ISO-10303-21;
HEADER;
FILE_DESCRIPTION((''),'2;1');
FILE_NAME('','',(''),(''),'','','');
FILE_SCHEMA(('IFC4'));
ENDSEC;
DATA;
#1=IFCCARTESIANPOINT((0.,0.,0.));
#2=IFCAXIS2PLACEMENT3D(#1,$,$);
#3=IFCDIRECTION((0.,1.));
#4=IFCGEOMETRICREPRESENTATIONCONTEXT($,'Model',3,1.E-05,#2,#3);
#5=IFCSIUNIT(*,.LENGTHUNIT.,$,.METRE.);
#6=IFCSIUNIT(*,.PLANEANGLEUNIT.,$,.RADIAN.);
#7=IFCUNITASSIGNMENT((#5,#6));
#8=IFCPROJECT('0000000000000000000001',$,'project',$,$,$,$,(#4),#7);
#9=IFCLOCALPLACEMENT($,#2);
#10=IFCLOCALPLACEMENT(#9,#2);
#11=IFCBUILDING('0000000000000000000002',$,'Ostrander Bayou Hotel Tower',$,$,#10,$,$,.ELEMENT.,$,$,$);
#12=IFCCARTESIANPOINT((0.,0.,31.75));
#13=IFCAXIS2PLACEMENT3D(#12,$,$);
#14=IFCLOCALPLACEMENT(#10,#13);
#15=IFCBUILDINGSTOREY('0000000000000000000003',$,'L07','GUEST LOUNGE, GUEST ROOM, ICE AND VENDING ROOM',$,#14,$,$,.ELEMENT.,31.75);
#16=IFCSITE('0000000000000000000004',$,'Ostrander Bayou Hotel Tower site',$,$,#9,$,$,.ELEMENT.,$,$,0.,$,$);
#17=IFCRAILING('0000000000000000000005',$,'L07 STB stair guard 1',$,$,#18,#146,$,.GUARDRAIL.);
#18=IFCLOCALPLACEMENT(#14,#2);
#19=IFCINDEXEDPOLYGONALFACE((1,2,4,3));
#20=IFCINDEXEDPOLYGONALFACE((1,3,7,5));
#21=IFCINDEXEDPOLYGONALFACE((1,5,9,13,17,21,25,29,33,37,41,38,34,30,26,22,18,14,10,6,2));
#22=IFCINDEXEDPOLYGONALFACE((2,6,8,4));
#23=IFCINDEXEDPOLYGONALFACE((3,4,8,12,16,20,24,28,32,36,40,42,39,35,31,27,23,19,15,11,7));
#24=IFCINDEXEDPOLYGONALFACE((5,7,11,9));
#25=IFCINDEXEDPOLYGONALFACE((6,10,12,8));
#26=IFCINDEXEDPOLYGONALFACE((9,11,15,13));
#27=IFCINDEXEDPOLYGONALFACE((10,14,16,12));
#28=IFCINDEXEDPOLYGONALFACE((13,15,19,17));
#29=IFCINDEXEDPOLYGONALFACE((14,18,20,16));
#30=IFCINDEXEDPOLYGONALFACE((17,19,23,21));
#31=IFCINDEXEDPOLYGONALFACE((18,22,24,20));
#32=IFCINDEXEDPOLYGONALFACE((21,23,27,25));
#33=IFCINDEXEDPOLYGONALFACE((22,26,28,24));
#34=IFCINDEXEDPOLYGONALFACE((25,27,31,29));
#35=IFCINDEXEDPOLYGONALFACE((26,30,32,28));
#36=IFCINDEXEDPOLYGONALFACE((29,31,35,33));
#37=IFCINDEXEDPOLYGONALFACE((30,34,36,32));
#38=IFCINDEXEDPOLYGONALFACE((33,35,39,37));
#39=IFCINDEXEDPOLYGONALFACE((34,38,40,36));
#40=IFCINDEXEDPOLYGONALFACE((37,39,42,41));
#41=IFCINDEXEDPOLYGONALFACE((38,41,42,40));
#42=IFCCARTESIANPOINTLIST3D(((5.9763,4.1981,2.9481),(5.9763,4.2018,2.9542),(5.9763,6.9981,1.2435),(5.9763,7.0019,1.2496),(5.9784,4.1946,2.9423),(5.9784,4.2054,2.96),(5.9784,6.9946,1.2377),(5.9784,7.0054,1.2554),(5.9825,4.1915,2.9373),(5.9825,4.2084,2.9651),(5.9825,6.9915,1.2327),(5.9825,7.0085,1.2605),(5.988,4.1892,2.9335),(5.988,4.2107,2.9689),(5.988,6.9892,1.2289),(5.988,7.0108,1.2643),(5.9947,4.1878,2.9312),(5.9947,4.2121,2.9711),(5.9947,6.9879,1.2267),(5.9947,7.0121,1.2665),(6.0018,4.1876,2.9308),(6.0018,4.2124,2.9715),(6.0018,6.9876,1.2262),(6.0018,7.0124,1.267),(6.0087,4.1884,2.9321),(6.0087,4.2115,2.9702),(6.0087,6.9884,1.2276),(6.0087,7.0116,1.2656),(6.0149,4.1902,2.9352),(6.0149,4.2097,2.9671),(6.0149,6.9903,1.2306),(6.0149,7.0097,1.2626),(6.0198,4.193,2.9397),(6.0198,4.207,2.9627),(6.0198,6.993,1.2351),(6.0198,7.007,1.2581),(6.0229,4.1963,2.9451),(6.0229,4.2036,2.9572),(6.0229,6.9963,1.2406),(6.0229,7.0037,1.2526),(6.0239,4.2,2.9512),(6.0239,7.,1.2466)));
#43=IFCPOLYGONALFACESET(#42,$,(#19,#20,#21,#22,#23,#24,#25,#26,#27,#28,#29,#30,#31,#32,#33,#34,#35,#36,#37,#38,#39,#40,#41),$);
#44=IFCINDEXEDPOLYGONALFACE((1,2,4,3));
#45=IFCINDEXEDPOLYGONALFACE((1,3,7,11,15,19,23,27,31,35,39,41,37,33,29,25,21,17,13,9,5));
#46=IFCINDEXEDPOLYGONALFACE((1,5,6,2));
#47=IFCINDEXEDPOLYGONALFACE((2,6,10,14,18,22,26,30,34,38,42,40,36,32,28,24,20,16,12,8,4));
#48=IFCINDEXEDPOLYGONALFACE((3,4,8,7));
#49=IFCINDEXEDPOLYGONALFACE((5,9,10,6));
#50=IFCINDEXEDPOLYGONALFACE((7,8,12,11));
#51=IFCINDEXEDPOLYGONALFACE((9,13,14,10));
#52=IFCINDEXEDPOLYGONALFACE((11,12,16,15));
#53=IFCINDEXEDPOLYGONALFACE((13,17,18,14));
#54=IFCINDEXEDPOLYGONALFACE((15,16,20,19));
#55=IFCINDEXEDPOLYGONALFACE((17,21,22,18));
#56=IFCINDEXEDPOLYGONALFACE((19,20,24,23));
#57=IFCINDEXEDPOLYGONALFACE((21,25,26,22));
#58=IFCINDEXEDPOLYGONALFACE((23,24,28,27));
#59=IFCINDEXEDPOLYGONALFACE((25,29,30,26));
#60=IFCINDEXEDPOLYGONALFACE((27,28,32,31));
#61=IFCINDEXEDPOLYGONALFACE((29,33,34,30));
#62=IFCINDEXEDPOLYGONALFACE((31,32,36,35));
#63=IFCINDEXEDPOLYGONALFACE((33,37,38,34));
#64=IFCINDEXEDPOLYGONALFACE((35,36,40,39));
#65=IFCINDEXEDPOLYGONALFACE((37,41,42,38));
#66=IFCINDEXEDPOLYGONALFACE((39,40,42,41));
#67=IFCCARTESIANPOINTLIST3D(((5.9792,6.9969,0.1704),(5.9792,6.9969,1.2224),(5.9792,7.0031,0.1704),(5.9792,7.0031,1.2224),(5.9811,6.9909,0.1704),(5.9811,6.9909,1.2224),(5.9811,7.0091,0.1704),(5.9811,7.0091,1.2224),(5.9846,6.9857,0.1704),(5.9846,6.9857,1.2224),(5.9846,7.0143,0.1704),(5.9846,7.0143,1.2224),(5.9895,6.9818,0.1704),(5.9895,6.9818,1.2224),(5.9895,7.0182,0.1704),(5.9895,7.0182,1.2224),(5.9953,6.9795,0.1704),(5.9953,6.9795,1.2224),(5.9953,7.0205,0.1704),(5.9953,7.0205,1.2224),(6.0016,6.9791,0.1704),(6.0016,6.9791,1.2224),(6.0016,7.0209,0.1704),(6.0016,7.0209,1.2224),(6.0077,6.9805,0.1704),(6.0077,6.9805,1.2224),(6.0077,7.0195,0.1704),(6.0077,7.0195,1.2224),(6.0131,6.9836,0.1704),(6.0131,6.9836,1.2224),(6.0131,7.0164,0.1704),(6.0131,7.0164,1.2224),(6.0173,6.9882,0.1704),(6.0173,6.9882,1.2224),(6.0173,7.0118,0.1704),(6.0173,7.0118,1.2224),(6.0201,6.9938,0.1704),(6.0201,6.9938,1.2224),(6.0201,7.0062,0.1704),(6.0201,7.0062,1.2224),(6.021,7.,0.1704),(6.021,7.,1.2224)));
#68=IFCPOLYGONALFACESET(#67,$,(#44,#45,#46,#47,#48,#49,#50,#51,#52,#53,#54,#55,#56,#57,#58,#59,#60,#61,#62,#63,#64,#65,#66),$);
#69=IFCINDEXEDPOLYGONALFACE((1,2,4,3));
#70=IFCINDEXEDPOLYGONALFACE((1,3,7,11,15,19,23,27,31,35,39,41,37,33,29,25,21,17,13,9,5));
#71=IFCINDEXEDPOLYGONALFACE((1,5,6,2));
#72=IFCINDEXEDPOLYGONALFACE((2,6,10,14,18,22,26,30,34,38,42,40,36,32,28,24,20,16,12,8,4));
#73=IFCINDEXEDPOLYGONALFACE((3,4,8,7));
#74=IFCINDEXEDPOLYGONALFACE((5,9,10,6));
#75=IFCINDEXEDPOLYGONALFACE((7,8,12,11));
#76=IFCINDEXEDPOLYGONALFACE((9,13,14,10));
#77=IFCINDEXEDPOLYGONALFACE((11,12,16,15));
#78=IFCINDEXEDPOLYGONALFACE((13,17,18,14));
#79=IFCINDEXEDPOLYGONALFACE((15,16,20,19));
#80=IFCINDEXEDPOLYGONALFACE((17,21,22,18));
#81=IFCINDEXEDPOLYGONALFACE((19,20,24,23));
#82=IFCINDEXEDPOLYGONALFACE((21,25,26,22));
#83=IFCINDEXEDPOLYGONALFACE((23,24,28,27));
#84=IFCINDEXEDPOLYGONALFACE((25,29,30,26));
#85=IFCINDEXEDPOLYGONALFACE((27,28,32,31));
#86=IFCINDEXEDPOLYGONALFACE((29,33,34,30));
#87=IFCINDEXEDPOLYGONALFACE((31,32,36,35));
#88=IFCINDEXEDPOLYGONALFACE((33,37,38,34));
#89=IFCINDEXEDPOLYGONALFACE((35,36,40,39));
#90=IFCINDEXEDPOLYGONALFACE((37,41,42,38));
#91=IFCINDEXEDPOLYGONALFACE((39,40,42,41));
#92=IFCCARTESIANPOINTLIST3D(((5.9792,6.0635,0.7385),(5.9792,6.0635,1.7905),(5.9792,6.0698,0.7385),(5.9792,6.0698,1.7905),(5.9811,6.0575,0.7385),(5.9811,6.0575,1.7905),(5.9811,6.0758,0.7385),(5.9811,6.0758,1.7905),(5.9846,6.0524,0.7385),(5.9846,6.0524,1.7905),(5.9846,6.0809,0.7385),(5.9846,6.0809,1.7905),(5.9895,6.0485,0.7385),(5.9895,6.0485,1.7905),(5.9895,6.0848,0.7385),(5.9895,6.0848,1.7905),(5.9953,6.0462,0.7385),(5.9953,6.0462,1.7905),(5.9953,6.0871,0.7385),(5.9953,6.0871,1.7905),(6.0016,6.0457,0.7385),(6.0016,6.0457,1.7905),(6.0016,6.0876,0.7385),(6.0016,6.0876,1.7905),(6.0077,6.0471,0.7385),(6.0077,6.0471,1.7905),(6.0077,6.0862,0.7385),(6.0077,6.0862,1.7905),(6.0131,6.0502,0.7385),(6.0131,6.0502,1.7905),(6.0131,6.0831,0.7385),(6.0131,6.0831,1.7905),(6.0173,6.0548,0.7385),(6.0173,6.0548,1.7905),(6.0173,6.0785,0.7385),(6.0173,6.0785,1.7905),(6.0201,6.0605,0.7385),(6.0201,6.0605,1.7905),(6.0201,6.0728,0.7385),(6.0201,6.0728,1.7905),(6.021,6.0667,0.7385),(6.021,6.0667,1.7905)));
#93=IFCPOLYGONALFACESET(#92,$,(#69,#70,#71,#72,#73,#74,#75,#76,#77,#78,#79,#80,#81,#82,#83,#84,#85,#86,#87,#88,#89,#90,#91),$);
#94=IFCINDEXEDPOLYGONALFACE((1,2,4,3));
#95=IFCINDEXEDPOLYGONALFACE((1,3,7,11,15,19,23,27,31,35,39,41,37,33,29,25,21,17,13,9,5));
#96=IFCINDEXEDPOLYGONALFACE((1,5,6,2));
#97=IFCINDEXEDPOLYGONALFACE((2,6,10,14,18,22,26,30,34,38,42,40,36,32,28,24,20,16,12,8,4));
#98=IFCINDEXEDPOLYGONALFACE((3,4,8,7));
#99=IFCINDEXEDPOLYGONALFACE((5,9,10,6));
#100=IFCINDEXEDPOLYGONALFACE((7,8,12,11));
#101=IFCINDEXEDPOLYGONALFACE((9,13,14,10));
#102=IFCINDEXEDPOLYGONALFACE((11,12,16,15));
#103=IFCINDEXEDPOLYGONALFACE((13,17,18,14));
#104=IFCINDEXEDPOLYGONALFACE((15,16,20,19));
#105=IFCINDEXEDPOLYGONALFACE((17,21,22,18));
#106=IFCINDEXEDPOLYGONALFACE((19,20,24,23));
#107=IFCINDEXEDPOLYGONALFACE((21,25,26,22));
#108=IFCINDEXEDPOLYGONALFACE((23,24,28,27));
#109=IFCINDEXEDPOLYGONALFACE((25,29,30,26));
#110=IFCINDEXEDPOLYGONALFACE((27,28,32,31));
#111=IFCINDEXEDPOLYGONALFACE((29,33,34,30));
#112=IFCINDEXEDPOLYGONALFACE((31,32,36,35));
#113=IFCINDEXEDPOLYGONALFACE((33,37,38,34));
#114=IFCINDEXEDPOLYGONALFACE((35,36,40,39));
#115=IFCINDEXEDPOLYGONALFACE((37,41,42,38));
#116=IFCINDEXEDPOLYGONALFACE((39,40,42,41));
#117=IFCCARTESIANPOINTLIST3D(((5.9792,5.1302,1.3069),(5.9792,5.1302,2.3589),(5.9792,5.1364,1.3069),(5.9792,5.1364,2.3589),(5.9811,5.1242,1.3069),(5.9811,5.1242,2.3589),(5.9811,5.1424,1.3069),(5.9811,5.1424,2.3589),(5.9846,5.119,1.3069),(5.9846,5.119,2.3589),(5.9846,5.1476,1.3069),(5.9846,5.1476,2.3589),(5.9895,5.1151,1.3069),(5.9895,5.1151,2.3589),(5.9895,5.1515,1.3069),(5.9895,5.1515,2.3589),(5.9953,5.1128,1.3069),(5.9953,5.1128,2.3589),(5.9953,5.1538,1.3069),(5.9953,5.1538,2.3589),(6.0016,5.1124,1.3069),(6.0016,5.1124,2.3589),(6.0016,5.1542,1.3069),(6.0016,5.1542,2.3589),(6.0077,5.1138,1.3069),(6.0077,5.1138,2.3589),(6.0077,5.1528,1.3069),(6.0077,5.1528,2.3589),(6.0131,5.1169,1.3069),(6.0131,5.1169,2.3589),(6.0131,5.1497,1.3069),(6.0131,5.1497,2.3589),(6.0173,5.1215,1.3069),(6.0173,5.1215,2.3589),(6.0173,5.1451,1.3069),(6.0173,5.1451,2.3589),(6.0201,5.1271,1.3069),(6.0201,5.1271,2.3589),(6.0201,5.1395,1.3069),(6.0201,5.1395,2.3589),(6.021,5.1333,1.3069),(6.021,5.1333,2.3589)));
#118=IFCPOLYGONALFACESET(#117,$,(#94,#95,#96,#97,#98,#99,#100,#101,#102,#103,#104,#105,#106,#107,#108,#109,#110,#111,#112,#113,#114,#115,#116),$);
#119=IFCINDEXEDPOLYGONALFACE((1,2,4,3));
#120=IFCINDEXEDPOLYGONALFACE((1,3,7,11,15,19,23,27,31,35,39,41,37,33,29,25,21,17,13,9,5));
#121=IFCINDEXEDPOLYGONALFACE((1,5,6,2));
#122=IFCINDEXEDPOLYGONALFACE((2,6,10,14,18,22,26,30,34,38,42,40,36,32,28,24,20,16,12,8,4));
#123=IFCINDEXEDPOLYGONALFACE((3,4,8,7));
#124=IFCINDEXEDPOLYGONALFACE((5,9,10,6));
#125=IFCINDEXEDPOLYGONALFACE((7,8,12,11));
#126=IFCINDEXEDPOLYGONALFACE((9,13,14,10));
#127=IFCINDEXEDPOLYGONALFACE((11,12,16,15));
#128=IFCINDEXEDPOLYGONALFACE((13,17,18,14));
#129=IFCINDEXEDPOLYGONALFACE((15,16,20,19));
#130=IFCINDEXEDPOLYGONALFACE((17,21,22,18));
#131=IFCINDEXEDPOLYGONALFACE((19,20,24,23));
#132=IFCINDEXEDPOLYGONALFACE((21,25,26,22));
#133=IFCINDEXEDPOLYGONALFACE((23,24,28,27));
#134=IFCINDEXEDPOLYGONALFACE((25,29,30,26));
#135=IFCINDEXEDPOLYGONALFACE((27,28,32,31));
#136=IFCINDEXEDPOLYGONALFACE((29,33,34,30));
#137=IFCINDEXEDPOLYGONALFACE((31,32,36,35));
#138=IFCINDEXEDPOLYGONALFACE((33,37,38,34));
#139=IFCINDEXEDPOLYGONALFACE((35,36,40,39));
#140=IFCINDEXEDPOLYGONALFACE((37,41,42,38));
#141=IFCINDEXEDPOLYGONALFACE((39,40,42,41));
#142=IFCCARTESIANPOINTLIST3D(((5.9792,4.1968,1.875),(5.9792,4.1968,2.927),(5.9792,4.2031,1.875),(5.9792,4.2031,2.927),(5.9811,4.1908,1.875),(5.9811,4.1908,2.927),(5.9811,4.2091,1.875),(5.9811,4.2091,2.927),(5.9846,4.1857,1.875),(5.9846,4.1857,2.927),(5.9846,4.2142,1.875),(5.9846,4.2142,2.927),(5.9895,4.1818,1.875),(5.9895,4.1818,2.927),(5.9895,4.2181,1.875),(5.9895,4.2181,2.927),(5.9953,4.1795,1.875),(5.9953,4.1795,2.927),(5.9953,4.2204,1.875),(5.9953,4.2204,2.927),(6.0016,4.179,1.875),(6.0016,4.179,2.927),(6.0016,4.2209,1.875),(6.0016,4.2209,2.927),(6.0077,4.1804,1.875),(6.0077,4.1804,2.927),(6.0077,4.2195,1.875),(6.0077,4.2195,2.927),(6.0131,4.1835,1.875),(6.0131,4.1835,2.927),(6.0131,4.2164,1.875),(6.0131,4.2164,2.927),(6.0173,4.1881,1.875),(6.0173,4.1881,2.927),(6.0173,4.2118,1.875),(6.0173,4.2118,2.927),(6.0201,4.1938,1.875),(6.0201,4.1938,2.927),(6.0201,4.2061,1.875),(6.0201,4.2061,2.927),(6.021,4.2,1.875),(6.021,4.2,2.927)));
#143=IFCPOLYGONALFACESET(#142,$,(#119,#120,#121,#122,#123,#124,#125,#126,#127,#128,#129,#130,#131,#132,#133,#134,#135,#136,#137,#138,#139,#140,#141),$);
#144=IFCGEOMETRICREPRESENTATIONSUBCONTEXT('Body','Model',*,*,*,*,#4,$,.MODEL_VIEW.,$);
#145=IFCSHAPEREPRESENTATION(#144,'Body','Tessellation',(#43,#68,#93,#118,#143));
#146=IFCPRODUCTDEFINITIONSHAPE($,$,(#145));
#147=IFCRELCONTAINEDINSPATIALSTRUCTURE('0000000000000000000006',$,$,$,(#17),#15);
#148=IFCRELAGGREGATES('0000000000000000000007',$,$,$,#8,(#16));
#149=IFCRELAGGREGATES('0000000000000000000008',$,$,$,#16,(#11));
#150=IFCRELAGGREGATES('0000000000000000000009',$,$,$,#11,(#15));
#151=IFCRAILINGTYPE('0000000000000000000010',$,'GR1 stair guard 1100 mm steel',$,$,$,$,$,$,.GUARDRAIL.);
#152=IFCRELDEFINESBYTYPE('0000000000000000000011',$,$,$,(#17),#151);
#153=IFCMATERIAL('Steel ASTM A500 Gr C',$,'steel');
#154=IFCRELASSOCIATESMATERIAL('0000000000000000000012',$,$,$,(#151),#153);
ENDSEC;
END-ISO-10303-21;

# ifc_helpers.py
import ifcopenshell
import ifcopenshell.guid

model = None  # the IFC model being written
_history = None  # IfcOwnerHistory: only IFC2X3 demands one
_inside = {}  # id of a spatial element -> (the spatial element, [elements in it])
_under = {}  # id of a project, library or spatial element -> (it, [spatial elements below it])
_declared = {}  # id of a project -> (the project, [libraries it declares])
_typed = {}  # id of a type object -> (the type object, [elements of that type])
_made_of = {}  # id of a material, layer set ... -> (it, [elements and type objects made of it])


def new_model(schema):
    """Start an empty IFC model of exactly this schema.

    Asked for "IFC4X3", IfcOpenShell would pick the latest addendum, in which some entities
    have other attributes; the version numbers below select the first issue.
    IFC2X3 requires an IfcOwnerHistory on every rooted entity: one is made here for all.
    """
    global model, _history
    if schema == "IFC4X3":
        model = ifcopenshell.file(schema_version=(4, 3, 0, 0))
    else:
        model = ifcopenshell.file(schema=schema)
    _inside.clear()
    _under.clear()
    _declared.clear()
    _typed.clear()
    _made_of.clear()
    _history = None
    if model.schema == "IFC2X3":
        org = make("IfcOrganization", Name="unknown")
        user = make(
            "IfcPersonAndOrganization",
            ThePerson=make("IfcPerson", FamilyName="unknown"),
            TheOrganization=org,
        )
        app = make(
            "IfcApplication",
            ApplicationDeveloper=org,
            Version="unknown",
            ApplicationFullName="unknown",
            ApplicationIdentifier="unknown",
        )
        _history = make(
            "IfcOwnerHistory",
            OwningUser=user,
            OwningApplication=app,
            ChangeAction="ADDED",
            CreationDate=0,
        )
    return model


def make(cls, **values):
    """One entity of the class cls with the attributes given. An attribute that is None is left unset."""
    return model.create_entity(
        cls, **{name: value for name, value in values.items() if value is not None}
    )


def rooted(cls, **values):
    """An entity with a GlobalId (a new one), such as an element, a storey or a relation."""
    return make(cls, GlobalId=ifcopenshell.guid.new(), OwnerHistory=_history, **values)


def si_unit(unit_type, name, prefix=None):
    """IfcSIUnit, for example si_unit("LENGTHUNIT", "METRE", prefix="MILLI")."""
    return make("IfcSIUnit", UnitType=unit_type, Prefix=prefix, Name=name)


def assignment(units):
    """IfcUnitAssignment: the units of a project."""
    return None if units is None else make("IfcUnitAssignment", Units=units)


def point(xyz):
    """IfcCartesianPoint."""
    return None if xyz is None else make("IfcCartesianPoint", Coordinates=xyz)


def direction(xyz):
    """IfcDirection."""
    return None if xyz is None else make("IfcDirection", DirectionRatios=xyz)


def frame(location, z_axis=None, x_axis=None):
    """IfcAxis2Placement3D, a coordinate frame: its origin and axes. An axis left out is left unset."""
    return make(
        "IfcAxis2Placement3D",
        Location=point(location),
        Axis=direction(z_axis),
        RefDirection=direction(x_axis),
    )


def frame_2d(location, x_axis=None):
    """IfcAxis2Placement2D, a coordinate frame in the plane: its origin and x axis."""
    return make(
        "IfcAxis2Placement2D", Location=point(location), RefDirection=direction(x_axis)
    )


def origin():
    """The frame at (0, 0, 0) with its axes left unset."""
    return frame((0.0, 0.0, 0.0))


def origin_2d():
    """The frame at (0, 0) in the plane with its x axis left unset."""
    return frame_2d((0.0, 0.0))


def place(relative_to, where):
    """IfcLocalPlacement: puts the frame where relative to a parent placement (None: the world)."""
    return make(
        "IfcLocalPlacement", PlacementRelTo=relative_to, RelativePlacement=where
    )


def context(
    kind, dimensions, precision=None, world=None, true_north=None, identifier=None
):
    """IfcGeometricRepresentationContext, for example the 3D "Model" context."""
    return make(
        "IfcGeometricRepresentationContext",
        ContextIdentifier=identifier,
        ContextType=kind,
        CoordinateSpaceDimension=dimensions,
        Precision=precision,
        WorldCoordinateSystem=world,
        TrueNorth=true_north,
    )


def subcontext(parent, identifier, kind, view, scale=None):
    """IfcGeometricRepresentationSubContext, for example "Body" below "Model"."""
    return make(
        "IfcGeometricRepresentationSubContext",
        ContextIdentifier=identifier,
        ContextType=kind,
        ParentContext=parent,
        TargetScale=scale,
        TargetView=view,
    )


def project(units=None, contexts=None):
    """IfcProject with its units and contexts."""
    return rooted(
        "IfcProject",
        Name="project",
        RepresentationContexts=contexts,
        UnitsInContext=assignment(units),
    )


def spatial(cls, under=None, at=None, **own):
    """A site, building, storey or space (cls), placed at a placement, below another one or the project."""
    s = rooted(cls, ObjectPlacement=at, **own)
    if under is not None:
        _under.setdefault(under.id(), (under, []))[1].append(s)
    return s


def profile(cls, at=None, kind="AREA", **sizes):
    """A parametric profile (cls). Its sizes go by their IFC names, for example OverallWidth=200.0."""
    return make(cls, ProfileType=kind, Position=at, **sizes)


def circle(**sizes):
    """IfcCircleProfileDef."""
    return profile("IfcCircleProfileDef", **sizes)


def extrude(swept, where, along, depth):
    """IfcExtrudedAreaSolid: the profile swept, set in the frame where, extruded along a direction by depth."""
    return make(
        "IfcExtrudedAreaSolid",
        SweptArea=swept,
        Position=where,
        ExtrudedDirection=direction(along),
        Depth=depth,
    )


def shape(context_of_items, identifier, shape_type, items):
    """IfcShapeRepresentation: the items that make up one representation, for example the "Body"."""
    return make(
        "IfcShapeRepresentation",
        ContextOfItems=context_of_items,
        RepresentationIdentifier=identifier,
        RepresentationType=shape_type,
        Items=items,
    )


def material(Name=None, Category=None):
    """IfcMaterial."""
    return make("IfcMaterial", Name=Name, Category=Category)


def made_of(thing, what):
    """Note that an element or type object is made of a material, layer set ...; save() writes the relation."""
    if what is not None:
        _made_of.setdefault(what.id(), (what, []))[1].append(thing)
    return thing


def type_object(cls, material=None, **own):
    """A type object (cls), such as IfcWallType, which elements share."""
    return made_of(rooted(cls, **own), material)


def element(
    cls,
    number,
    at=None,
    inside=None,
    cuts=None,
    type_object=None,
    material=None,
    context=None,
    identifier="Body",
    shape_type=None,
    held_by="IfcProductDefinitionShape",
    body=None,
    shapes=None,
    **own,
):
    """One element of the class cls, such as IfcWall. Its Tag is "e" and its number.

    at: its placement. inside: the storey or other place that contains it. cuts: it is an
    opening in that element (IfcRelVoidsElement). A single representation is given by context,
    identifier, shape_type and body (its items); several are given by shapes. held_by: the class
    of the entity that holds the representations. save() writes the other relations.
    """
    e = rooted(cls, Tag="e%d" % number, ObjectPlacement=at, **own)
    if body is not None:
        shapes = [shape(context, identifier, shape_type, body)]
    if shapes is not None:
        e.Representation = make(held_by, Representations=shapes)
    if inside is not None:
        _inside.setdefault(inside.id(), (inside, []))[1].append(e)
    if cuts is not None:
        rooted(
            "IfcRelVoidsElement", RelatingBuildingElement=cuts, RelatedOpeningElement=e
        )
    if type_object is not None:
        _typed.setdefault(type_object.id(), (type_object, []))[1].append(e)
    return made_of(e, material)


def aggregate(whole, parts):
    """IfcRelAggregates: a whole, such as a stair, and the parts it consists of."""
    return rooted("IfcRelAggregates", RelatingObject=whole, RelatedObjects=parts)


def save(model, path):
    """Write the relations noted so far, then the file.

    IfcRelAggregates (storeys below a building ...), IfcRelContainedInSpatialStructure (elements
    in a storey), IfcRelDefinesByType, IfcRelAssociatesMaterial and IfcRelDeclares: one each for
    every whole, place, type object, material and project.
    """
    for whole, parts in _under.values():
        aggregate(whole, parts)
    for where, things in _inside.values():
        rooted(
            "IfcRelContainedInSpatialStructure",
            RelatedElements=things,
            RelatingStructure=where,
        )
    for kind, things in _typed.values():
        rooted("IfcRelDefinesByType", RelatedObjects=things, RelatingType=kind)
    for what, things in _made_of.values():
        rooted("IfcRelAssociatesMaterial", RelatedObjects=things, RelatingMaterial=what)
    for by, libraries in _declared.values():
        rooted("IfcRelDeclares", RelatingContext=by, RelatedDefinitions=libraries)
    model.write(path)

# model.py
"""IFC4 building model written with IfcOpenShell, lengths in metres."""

from ifc_helpers import new_model, si_unit, direction, frame, origin, origin_2d, place, context, subcontext, project, spatial, circle, extrude, material, type_object, element, save


model = new_model("IFC4")

# Units and contexts
model_context = context("Model", 3, precision=1e-05, world=origin(), true_north=direction((0.0, 1.0)))
body_context = subcontext(model_context, "Body", "Model", "MODEL_VIEW")
ifc_project = project(units=[si_unit("LENGTHUNIT", "METRE"), si_unit("PLANEANGLEUNIT", "RADIAN")], contexts=[model_context])

# Site, building, storey
site_placement = place(None, origin())
site = spatial("IfcSite", under=ifc_project, at=site_placement, Name="Ostrander Bayou Hotel Tower site", CompositionType="ELEMENT", RefElevation=0.0)
building_placement = place(site_placement, origin())
building = spatial("IfcBuilding", under=site, at=building_placement, Name="Ostrander Bayou Hotel Tower", CompositionType="ELEMENT")
storey_placement = place(building_placement, frame((0.0, 0.0, 31.75)))
storey = spatial("IfcBuildingStorey", under=building, at=storey_placement, Name="L07", Description="GUEST LOUNGE, GUEST ROOM, ICE AND VENDING ROOM", CompositionType="ELEMENT", Elevation=31.75)

# Railing
ifc_material_1 = material(Name="Steel ASTM A500 Gr C", Category="steel")
railing_type_1 = type_object("IfcRailingType", Name="GR1 stair guard 1100 mm steel", PredefinedType="GUARDRAIL", material=ifc_material_1)
railing_1_placement = place(storey_placement, frame((6.0, 7.0, 0.1704)))
element("IfcRailing", 1, at=railing_1_placement, inside=storey, type_object=railing_type_1, Name="L07 STB stair guard 1", PredefinedType="GUARDRAIL", context=body_context, shape_type="SweptSolid", body=[
    extrude(circle(Radius=0.0239, at=origin_2d()), frame((0.0, 0.0, 1.0762), z_axis=(0.0, -0.85417, 0.519994), x_axis=(1.0, 0.0, 0.0)), (0.0, 0.0, 1.0), 3.2781),
    extrude(circle(Radius=0.021, at=origin_2d()), origin(), (0.0, 0.0, 1.0), 1.052),
    extrude(circle(Radius=0.021, at=origin_2d()), frame((0.0, -0.9333, 0.5681)), (0.0, 0.0, 1.0), 1.052),
    extrude(circle(Radius=0.021, at=origin_2d()), frame((0.0, -1.8667, 1.1365)), (0.0, 0.0, 1.0), 1.052),
    extrude(circle(Radius=0.021, at=origin_2d()), frame((0.0, -2.8, 1.7046)), (0.0, 0.0, 1.0), 1.052),
])

save(model, "model.ifc")
